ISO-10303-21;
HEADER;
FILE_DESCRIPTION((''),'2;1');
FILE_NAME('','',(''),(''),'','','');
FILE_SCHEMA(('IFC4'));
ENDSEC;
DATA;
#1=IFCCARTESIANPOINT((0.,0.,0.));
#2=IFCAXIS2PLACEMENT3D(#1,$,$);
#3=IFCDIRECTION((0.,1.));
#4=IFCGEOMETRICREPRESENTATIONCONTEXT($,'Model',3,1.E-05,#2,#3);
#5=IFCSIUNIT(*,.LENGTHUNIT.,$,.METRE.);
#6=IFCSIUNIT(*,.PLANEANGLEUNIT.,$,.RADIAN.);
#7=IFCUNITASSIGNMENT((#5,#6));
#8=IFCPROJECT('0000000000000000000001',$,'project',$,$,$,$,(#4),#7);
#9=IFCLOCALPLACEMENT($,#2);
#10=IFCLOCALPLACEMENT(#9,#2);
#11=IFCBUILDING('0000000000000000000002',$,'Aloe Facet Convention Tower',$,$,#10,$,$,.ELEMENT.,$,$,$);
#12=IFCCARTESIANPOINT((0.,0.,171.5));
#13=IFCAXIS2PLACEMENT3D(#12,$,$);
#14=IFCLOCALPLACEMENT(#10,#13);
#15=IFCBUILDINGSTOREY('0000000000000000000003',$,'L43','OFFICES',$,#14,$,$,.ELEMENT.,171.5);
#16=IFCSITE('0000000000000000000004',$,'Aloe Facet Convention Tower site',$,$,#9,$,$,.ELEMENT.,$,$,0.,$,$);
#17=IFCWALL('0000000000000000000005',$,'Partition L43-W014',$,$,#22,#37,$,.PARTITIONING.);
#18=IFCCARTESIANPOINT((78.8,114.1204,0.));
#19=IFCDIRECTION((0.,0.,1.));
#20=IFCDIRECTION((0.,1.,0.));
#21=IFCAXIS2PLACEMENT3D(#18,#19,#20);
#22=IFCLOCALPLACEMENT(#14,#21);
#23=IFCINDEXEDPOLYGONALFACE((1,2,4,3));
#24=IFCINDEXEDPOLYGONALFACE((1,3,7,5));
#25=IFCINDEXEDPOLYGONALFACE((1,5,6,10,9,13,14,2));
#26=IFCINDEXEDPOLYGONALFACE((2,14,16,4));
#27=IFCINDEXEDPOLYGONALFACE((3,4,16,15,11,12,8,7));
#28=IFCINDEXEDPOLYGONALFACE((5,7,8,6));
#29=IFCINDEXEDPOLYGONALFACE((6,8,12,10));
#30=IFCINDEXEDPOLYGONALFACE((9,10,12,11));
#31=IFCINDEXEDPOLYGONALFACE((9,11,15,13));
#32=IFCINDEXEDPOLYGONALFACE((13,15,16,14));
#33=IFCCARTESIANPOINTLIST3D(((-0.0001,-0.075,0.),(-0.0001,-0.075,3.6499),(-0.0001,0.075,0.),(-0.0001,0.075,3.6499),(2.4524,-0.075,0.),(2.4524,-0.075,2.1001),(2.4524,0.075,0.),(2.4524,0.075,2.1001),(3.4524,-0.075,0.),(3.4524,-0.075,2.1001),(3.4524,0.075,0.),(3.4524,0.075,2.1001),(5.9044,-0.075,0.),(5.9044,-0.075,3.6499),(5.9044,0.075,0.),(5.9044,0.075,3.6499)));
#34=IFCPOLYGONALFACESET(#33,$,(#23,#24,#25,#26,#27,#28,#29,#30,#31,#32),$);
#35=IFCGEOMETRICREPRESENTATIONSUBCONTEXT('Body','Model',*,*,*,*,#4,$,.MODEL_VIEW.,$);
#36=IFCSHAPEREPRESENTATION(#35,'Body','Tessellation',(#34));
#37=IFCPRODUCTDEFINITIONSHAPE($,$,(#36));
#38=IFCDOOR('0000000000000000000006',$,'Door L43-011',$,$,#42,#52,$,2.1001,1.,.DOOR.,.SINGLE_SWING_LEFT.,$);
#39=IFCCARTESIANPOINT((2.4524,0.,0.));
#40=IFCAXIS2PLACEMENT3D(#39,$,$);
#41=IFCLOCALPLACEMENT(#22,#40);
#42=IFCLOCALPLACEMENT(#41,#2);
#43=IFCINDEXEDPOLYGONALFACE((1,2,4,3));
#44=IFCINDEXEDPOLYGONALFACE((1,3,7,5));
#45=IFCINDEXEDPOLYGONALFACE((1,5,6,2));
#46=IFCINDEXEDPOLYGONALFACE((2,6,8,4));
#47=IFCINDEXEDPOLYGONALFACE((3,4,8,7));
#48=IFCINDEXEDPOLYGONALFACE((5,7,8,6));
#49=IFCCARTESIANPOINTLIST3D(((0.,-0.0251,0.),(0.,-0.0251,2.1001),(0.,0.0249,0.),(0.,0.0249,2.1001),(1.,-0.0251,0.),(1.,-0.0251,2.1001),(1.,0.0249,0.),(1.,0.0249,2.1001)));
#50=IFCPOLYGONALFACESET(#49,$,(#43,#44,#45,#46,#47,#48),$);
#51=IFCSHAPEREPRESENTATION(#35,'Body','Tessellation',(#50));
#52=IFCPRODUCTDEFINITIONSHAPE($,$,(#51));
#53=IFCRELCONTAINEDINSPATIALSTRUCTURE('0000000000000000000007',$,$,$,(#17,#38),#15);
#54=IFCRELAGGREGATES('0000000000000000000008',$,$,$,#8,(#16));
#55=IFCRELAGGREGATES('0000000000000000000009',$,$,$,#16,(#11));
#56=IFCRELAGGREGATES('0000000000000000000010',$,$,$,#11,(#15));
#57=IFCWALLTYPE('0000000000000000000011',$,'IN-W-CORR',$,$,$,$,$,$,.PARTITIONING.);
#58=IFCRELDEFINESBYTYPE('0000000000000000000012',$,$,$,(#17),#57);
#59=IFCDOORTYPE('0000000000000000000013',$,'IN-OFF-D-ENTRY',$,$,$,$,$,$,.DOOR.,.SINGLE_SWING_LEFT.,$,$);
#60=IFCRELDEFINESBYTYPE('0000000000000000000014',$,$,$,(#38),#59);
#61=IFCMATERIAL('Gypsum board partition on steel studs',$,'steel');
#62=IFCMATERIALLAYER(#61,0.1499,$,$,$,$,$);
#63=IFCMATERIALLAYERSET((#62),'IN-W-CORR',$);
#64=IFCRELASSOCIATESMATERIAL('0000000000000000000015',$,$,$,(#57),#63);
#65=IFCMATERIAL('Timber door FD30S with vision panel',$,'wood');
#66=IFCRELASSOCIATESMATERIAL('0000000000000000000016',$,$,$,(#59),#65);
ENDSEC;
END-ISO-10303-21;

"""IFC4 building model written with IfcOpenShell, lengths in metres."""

from ifc_helpers import new_model, si_unit, direction, frame, frame_2d, origin, place, context, subcontext, project, spatial, rectangle, extrude, material, layer, layer_set, type_object, element, fill, save


model = new_model("IFC4")

# Units and contexts
model_context = context("Model", 3, precision=1e-05, world=origin(), true_north=direction((0.0, 1.0)))
body_context = subcontext(model_context, "Body", "Model", "MODEL_VIEW")
ifc_project = project(units=[si_unit("LENGTHUNIT", "METRE"), si_unit("PLANEANGLEUNIT", "RADIAN")], contexts=[model_context])

# Site, building, storey
site_placement = place(None, origin())
site = spatial("IfcSite", under=ifc_project, at=site_placement, Name="Aloe Facet Convention Tower site", CompositionType="ELEMENT", RefElevation=0.0)
building_placement = place(site_placement, origin())
building = spatial("IfcBuilding", under=site, at=building_placement, Name="Aloe Facet Convention Tower", CompositionType="ELEMENT")
storey_placement = place(building_placement, frame((0.0, 0.0, 171.5)))
storey = spatial("IfcBuildingStorey", under=building, at=storey_placement, Name="L43", Description="OFFICES", CompositionType="ELEMENT", Elevation=171.5)

# Wall, opening, door
ifc_material_1 = material(Name="Gypsum board partition on steel studs", Category="steel")
ifc_layer_1 = layer(ifc_material_1, 0.1499)
ifc_layer_set_1 = layer_set([ifc_layer_1], Name="IN-W-CORR")
wall_type_1 = type_object("IfcWallType", Name="IN-W-CORR", PredefinedType="PARTITIONING", material=ifc_layer_set_1)
wall_1_placement = place(storey_placement, frame((78.8, 114.1204, 0.0), z_axis=(0.0, 0.0, 1.0), x_axis=(0.0, 1.0, 0.0)))
wall_1 = element("IfcWall", 1, at=wall_1_placement, inside=storey, type_object=wall_type_1, Name="Partition L43-W014", PredefinedType="PARTITIONING", context=body_context, shape_type="SweptSolid", body=[
    extrude(rectangle(XDim=5.9045, YDim=0.1499, at=frame_2d((2.9521, 0.0))), origin(), (0.0, 0.0, 1.0), 3.6499),
])
opening_1_placement = place(wall_1_placement, frame((2.4524, 0.0, 0.0)))
opening_1 = element("IfcOpeningElement", 2, at=opening_1_placement, cuts=wall_1, PredefinedType="OPENING", context=body_context, shape_type="SweptSolid", body=[
    extrude(rectangle(XDim=1.0, YDim=2.1001, at=frame_2d((0.5, 1.05))), frame((0.0, 0.085, 0.0), z_axis=(0.0, -1.0, 0.0), x_axis=(1.0, 0.0, 0.0)), (0.0, 0.0, 1.0), 0.1699),
])
ifc_material_2 = material(Name="Timber door FD30S with vision panel", Category="wood")
door_type_1 = type_object("IfcDoorType", Name="IN-OFF-D-ENTRY", OperationType="SINGLE_SWING_LEFT", PredefinedType="DOOR", material=ifc_material_2)
door_1_placement = place(opening_1_placement, origin())
door_1 = element("IfcDoor", 3, at=door_1_placement, inside=storey, type_object=door_type_1, Name="Door L43-011", OperationType="SINGLE_SWING_LEFT", OverallHeight=2.1001, OverallWidth=1.0, PredefinedType="DOOR", context=body_context, shape_type="SweptSolid", body=[
    extrude(rectangle(XDim=1.0, YDim=2.1001, at=frame_2d((0.5, 1.05))), frame((0.0, 0.0249, 0.0), z_axis=(0.0, -1.0, 0.0), x_axis=(1.0, 0.0, 0.0)), (0.0, 0.0, 1.0), 0.05),
])
fill(opening_1, door_1)

save(model, "model.ifc")
